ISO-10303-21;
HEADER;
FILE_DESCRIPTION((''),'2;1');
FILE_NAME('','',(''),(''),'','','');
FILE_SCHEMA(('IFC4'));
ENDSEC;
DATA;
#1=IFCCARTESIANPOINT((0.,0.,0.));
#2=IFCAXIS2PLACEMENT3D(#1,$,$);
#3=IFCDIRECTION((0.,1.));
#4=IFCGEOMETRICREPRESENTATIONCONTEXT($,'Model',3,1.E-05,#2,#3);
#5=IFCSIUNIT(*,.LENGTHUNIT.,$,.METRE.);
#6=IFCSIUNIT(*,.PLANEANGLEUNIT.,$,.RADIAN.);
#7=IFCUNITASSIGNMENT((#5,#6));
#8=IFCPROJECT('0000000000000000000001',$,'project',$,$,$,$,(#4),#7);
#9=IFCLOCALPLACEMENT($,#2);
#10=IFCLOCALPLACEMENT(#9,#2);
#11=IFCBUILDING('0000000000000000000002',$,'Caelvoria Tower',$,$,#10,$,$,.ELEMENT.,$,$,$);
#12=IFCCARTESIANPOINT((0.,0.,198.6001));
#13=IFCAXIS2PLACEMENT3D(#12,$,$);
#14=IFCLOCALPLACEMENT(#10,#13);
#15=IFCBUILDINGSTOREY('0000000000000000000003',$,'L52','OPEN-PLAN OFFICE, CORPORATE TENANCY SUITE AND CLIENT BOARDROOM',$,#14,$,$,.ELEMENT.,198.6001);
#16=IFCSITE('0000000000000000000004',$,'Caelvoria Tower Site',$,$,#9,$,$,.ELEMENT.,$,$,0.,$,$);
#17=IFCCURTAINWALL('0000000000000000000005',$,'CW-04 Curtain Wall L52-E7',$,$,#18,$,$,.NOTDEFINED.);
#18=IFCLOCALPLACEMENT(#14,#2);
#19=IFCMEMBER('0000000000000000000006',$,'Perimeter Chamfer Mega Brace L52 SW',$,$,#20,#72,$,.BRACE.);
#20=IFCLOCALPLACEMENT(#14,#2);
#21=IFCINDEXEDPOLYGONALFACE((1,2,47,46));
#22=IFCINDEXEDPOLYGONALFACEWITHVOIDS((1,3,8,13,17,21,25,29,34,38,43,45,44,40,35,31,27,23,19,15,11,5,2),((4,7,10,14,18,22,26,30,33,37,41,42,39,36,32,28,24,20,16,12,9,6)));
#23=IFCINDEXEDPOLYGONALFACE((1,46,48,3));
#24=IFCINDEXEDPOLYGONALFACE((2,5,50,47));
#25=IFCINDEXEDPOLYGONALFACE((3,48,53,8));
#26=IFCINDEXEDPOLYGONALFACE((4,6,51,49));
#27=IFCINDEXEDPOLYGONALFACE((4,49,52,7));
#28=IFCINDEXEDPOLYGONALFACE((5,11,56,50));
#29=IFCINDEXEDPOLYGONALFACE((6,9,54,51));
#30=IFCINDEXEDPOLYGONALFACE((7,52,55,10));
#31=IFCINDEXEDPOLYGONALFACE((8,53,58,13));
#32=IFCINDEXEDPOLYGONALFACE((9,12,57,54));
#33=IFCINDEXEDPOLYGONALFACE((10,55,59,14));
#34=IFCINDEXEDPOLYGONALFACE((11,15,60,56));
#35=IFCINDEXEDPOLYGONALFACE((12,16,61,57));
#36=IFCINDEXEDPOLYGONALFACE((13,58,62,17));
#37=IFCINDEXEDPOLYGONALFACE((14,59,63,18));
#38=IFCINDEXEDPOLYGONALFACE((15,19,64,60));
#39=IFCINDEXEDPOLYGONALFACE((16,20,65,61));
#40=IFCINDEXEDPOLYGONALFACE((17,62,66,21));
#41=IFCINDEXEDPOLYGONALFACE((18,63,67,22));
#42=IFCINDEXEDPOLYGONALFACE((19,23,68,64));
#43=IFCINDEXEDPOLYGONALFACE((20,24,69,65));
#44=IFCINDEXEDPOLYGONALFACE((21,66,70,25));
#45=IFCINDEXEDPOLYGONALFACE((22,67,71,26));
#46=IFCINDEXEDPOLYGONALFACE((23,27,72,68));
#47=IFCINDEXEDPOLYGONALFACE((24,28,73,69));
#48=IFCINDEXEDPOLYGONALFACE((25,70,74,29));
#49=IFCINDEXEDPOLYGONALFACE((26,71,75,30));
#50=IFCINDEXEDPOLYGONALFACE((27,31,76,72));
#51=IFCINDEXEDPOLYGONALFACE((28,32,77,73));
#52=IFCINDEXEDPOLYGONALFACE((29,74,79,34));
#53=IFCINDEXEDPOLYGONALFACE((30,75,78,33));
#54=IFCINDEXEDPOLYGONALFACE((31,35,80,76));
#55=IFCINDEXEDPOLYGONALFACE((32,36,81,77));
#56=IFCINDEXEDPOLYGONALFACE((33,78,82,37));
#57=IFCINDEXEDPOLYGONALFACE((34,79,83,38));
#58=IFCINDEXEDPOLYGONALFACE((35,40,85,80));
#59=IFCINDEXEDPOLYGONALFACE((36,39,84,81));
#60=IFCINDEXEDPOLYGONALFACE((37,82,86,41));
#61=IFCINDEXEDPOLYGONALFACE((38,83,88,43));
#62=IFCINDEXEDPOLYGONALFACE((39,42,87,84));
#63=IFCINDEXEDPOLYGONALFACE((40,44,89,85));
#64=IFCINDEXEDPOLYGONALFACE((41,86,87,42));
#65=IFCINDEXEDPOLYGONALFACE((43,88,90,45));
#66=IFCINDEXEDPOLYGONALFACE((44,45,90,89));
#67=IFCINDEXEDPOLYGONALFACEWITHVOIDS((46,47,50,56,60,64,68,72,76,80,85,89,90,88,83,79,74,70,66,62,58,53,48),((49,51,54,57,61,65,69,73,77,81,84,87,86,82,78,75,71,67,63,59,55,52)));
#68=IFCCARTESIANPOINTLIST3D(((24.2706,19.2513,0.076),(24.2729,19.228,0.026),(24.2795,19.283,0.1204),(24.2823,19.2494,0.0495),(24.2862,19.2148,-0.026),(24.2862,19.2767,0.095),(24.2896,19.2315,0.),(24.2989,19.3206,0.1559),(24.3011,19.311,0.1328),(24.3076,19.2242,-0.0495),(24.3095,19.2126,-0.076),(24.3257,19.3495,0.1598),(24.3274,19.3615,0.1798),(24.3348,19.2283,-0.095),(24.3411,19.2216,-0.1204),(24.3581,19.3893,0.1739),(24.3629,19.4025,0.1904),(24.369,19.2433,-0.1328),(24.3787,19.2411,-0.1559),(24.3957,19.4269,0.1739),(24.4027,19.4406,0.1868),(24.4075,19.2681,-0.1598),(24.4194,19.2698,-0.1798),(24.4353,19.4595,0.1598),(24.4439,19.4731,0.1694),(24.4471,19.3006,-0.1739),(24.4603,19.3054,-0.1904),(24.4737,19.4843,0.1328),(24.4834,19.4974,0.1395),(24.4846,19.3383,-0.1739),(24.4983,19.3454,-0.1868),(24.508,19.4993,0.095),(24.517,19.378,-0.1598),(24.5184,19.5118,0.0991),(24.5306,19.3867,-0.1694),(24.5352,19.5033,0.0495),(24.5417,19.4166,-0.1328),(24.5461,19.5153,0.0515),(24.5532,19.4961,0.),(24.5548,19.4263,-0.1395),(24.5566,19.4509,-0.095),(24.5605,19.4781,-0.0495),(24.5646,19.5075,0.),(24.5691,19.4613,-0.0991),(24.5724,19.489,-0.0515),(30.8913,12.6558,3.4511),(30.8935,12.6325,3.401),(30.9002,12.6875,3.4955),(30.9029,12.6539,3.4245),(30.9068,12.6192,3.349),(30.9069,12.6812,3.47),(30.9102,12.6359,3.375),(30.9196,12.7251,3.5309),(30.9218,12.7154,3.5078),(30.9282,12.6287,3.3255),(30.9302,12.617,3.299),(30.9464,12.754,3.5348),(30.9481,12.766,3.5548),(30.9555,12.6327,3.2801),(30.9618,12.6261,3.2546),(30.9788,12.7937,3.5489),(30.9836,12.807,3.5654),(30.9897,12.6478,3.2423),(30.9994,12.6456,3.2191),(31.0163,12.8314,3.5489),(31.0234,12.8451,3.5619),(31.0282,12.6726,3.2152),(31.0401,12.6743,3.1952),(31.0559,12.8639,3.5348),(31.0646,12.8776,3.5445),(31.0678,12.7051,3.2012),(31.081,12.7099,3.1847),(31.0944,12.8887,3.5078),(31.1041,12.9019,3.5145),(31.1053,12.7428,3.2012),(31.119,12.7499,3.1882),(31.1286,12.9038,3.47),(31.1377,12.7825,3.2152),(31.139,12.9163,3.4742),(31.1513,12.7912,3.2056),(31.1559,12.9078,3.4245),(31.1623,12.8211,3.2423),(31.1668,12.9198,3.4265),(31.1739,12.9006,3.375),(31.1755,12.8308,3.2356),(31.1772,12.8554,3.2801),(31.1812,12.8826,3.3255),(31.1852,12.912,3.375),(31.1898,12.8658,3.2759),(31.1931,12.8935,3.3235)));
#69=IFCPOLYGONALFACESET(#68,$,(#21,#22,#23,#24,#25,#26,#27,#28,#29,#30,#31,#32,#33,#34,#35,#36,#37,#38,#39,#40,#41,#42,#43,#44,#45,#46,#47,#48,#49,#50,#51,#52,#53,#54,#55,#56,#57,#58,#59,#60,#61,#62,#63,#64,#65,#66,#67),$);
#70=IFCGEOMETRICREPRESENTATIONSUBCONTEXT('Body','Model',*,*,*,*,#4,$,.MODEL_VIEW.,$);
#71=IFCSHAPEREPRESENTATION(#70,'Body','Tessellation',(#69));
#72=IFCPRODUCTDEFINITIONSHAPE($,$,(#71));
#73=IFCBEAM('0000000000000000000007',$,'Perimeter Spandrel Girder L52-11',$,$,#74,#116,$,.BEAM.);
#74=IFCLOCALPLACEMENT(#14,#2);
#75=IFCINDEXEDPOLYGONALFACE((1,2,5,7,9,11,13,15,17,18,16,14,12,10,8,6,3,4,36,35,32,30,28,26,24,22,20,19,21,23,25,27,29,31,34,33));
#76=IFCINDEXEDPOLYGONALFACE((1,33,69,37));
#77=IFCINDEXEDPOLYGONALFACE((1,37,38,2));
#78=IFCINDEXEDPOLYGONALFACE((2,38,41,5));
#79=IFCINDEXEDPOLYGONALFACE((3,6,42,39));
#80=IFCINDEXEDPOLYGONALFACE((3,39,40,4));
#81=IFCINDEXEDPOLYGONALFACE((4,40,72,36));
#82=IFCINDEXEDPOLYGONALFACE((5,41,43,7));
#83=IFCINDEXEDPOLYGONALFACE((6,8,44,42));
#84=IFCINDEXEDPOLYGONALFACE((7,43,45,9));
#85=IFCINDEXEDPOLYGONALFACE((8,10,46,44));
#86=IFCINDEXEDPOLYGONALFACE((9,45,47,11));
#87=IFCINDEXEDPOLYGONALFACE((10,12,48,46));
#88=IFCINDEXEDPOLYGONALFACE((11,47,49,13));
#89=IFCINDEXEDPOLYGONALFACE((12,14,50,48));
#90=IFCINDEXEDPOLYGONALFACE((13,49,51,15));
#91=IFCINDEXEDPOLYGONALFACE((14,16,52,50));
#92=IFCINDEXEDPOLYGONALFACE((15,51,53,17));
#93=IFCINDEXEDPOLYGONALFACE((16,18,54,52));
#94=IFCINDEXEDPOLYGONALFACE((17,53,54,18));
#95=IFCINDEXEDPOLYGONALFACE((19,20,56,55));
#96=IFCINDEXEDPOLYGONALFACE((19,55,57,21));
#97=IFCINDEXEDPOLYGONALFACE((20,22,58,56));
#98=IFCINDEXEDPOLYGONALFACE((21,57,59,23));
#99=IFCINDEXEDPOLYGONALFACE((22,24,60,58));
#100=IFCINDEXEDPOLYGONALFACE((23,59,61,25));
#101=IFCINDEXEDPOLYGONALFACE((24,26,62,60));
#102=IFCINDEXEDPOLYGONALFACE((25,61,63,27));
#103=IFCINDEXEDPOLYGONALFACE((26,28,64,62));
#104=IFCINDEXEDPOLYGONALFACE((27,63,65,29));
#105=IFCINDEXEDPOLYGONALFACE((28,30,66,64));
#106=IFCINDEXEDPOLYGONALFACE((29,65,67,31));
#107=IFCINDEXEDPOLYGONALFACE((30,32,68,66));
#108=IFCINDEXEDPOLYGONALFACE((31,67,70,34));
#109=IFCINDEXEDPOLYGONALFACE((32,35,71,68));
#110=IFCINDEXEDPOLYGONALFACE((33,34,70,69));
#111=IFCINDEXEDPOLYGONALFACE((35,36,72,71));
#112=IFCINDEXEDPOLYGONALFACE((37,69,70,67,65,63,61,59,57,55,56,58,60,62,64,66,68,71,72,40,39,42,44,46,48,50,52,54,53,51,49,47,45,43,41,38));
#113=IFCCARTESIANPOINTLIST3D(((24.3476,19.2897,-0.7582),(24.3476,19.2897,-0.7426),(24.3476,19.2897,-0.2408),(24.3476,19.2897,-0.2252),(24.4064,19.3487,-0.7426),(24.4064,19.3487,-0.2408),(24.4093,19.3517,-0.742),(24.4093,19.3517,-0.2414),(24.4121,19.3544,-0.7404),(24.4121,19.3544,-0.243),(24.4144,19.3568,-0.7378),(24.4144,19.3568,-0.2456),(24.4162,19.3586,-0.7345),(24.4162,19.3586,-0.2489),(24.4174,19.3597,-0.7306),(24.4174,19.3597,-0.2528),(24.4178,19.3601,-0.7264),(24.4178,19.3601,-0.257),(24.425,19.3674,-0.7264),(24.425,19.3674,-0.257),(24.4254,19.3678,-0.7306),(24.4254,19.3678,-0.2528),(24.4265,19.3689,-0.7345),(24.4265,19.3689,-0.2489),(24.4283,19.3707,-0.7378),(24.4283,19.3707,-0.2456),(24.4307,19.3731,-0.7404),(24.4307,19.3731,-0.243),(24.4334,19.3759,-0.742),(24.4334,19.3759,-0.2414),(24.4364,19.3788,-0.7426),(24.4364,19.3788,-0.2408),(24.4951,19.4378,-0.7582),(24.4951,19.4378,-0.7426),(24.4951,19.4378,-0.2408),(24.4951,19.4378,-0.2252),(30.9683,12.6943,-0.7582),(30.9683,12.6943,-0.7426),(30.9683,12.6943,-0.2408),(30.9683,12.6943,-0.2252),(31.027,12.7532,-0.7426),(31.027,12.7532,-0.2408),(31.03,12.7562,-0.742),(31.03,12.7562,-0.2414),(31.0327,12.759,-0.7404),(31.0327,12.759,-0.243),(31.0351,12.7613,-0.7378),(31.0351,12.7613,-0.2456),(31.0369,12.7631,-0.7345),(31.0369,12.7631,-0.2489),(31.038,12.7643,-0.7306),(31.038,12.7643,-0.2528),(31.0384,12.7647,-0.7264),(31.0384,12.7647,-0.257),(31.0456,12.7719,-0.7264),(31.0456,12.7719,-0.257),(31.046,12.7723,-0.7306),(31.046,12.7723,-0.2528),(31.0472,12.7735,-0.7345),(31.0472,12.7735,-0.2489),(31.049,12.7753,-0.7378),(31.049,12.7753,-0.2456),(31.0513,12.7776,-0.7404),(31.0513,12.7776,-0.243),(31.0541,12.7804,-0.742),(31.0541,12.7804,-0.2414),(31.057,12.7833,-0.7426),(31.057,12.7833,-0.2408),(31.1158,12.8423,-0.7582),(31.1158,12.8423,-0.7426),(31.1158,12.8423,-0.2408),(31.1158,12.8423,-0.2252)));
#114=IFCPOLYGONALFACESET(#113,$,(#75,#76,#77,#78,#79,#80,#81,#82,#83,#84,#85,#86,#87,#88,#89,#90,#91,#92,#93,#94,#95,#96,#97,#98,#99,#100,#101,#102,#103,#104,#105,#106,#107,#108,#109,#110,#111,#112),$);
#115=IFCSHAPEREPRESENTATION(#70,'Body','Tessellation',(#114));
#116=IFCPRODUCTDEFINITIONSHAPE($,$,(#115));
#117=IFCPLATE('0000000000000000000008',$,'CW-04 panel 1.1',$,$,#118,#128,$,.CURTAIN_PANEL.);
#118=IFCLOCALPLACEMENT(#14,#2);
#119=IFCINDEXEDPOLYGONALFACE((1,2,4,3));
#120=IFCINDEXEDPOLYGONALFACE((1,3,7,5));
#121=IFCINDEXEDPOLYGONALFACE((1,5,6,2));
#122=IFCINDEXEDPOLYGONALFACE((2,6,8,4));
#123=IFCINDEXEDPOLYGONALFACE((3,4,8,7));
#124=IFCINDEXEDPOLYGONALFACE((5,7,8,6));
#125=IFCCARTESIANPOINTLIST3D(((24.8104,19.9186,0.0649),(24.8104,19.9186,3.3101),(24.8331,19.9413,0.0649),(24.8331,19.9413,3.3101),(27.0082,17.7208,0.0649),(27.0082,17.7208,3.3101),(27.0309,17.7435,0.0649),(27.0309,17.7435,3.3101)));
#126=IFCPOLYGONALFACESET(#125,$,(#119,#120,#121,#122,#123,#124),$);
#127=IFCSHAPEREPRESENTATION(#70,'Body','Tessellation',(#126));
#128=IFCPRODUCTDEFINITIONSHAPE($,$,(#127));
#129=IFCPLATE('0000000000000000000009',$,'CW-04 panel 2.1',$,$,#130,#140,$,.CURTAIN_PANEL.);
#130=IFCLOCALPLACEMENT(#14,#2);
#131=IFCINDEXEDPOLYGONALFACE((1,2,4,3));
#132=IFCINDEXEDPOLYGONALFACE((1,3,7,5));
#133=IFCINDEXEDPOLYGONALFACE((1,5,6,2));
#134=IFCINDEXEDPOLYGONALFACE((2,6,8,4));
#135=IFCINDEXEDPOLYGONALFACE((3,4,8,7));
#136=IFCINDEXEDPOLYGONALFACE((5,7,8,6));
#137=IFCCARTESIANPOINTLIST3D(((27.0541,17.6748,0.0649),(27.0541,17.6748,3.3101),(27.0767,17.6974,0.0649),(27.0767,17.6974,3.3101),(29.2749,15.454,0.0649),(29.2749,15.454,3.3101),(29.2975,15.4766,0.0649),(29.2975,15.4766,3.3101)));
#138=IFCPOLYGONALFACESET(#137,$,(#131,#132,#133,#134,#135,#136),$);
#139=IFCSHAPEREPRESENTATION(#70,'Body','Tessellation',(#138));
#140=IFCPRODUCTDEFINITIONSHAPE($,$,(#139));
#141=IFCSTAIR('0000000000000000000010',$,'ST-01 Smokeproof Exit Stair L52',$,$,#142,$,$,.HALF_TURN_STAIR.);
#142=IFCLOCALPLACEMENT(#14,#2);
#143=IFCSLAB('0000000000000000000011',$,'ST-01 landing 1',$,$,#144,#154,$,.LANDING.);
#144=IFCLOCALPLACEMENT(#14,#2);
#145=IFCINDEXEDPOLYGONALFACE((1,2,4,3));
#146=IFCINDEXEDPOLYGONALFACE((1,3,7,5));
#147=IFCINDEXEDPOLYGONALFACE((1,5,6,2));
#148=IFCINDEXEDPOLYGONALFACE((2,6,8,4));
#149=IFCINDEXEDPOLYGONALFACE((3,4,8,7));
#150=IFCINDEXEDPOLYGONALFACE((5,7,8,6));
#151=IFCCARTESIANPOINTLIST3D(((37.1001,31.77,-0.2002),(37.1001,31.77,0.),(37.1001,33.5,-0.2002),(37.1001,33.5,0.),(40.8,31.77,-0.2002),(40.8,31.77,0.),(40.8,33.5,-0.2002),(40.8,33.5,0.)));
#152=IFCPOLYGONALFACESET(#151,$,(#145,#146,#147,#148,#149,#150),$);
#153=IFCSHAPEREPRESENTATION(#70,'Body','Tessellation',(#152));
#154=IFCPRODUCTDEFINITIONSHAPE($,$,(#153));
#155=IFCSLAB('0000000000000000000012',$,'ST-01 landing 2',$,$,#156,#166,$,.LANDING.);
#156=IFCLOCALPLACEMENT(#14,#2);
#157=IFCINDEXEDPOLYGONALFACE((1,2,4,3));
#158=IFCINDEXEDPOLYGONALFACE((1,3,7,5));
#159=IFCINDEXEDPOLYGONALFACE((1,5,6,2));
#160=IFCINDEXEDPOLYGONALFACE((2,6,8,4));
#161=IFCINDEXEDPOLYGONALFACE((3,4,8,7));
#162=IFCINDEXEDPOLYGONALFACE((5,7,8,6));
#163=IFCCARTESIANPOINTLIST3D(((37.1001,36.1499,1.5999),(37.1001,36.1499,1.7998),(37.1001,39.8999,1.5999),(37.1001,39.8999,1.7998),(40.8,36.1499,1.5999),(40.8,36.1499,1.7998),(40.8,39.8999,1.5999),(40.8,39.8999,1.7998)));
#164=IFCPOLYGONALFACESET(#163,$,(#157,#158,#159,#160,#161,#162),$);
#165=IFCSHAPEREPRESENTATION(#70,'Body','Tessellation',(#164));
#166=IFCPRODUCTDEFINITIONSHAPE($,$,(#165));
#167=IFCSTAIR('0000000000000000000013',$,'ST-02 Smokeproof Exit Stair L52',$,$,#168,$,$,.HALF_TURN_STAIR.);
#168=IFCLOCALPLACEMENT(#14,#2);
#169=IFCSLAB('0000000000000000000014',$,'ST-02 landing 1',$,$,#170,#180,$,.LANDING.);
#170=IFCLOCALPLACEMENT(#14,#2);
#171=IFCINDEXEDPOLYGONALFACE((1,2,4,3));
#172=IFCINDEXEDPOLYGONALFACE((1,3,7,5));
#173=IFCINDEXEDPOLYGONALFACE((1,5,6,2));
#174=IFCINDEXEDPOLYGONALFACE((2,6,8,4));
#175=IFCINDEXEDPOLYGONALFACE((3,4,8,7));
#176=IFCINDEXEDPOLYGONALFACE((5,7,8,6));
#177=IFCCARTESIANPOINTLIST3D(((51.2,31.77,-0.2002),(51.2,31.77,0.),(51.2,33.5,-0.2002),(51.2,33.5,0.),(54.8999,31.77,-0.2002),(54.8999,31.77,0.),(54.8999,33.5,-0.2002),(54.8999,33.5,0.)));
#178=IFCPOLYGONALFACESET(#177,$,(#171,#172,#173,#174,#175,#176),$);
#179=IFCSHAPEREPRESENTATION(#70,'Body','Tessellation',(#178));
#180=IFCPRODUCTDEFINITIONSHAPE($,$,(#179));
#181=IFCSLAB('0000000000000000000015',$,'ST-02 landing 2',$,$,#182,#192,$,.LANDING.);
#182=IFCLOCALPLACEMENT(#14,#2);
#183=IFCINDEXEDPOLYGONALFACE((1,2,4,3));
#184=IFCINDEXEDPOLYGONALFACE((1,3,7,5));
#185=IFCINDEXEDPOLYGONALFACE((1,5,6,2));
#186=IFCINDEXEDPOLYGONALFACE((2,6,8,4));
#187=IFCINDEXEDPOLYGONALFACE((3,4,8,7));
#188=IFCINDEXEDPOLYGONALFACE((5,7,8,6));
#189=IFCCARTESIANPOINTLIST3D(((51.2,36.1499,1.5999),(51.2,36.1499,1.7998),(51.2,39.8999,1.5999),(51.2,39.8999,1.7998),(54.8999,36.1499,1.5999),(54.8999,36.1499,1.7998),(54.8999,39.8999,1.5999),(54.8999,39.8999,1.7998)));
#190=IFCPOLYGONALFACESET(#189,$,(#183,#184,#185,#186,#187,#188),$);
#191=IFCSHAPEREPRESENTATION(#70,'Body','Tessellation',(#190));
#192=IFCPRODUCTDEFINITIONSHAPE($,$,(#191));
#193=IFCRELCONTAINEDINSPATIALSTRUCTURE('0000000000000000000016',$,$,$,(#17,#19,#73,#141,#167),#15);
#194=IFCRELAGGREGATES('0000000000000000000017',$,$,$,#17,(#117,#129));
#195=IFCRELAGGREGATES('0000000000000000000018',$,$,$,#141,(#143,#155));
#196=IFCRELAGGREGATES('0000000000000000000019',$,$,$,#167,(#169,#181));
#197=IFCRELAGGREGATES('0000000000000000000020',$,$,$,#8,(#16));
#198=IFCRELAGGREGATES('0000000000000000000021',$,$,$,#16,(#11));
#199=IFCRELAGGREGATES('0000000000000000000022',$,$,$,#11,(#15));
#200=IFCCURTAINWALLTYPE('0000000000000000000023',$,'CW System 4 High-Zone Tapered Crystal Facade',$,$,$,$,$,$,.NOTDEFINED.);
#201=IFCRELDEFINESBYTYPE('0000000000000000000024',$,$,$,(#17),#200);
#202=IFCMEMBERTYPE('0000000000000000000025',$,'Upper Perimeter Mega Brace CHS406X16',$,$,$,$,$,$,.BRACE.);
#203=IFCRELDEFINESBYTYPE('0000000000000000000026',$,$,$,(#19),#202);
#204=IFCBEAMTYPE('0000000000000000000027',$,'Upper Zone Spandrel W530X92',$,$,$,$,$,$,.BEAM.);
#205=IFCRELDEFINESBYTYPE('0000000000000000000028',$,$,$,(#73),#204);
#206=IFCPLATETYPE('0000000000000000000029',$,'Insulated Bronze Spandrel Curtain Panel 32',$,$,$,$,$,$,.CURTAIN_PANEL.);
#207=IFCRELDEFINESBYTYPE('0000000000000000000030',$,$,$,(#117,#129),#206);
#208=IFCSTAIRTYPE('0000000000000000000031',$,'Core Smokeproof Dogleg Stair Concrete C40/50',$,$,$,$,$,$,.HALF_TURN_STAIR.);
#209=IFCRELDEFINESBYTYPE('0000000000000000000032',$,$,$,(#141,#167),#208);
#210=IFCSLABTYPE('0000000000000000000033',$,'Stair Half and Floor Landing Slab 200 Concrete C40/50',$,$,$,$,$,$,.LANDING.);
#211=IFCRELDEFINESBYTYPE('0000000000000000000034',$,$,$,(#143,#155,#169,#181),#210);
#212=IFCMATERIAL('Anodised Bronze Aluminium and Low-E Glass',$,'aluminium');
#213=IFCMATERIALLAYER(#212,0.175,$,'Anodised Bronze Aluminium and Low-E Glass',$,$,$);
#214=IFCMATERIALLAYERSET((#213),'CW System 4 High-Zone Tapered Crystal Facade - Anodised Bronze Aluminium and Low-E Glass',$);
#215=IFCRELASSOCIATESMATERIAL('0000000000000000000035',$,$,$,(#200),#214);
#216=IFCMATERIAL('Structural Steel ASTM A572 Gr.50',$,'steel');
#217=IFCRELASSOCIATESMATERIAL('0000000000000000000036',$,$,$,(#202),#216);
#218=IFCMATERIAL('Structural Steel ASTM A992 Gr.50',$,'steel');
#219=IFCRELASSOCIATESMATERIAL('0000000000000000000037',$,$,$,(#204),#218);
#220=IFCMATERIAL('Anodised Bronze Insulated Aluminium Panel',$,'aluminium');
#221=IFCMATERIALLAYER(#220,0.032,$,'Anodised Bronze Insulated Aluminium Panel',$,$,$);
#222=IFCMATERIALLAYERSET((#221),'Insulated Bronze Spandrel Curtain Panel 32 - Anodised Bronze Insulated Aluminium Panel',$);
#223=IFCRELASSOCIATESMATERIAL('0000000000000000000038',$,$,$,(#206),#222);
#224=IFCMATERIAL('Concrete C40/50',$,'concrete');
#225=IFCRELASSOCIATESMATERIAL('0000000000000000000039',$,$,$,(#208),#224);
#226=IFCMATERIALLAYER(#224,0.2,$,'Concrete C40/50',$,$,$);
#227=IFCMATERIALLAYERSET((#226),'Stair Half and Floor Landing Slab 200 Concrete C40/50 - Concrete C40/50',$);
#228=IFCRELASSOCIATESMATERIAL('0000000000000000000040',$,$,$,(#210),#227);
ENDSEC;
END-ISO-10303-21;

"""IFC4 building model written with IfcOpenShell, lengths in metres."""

from ifc_helpers import new_model, si_unit, direction, frame, origin, origin_2d, place, context, subcontext, project, spatial, polyline, rectangle, hollow_circle, i_section, outline, extrude, material, layer, layer_set, material_profile, profile_set, type_object, element, aggregate, save


model = new_model("IFC4")

# Units and contexts
model_context = context("Model", 3, precision=1e-05, world=origin(), true_north=direction((0.0, 1.0)))
body_context = subcontext(model_context, "Body", "Model", "MODEL_VIEW")
ifc_project = project(units=[si_unit("LENGTHUNIT", "METRE"), si_unit("PLANEANGLEUNIT", "RADIAN")], contexts=[model_context])

# Site, building, storey
site_placement = place(None, origin())
site = spatial("IfcSite", under=ifc_project, at=site_placement, Name="Caelvoria Tower Site", CompositionType="ELEMENT", RefElevation=0.0)
building_placement = place(site_placement, origin())
building = spatial("IfcBuilding", under=site, at=building_placement, Name="Caelvoria Tower", CompositionType="ELEMENT")
storey_placement = place(building_placement, frame((0.0, 0.0, 198.6001)))
storey = spatial("IfcBuildingStorey", under=building, at=storey_placement, Name="L52", Description="OPEN-PLAN OFFICE, CORPORATE TENANCY SUITE AND CLIENT BOARDROOM", CompositionType="ELEMENT", Elevation=198.6001)

# Shared definitions
ifc_material_1 = material(Name="Structural Steel ASTM A572 Gr.50", Category="steel")

# Shared definitions
ifc_material_2 = material(Name="Anodised Bronze Aluminium and Low-E Glass", Category="aluminium")
ifc_layer_1 = layer(ifc_material_2, 0.175, Name="Anodised Bronze Aluminium and Low-E Glass")
ifc_layer_set_1 = layer_set([ifc_layer_1], Name="CW System 4 High-Zone Tapered Crystal Facade - Anodised Bronze Aluminium and Low-E Glass")
curtain_wall_type = type_object("IfcCurtainWallType", Name="CW System 4 High-Zone Tapered Crystal Facade", PredefinedType="NOTDEFINED", material=ifc_layer_set_1)

# Curtain wall
curtain_wall_1_placement = place(storey_placement, origin())
curtain_wall_1 = element("IfcCurtainWall", 1, at=curtain_wall_1_placement, inside=storey, type_object=curtain_wall_type, Name="CW-04 Curtain Wall L52-E7", PredefinedType="NOTDEFINED")

# Member
ifc_material_profile_1 = material_profile(ifc_material_1, hollow_circle(Radius=0.2029, WallThickness=0.0161, at=origin_2d()), Name="Structural Steel ASTM A572 Gr.50")
ifc_profile_set_1 = profile_set([ifc_material_profile_1], Name="CHS406X16 - Structural Steel ASTM A572 Gr.50")
member_type_1 = type_object("IfcMemberType", Name="Upper Perimeter Mega Brace CHS406X16", PredefinedType="BRACE", material=ifc_profile_set_1)
member_1_placement = place(storey_placement, frame((24.4214, 19.3638, 0.0), z_axis=(0.666328, -0.663797, 0.339676), x_axis=(0.70576, 0.708451, 0.0)))
element("IfcMember", 2, at=member_1_placement, inside=storey, type_object=member_type_1, Name="Perimeter Chamfer Mega Brace L52 SW", PredefinedType="BRACE", context=body_context, shape_type="SweptSolid", body=[
    extrude(hollow_circle(Radius=0.2029, WallThickness=0.0161, at=origin_2d()), origin(), (0.0, 0.0, 1.0), 9.936),
])

# Beam
ifc_material_3 = material(Name="Structural Steel ASTM A992 Gr.50", Category="steel")
ifc_material_profile_2 = material_profile(ifc_material_3, i_section(OverallWidth=0.209, OverallDepth=0.533, WebThickness=0.0103, FlangeThickness=0.0156, FilletRadius=0.0161, at=origin_2d()), Name="Structural Steel ASTM A992 Gr.50")
ifc_profile_set_2 = profile_set([ifc_material_profile_2], Name="W530X92 - Structural Steel ASTM A992 Gr.50")
beam_type = type_object("IfcBeamType", Name="Upper Zone Spandrel W530X92", PredefinedType="BEAM", material=ifc_profile_set_2)
beam_placement = place(storey_placement, frame((24.4214, 19.3638, -0.4917), z_axis=(0.708451, -0.70576, 0.0), x_axis=(0.70576, 0.708451, 0.0)))
element("IfcBeam", 3, at=beam_placement, inside=storey, type_object=beam_type, Name="Perimeter Spandrel Girder L52-11", PredefinedType="BEAM", context=body_context, shape_type="SweptSolid", body=[
    extrude(i_section(OverallWidth=0.209, OverallDepth=0.533, WebThickness=0.0103, FlangeThickness=0.0156, FilletRadius=0.0161, at=origin_2d()), origin(), (0.0, 0.0, 1.0), 9.3452),
])

# Plates
ifc_material_4 = material(Name="Anodised Bronze Insulated Aluminium Panel", Category="aluminium")
ifc_layer_2 = layer(ifc_material_4, 0.032, Name="Anodised Bronze Insulated Aluminium Panel")
ifc_layer_set_2 = layer_set([ifc_layer_2], Name="Insulated Bronze Spandrel Curtain Panel 32 - Anodised Bronze Insulated Aluminium Panel")
plate_type = type_object("IfcPlateType", Name="Insulated Bronze Spandrel Curtain Panel 32", PredefinedType="CURTAIN_PANEL", material=ifc_layer_set_2)
plate_1_placement = place(storey_placement, frame((25.9207, 18.8311, 0.0649), z_axis=(0.0, 0.0, 1.0), x_axis=(0.707107, -0.707107, 0.0)))
plate_1 = element("IfcPlate", 4, at=plate_1_placement, type_object=plate_type, Name="CW-04 panel 1.1", PredefinedType="CURTAIN_PANEL", context=body_context, shape_type="SweptSolid", body=[
    extrude(rectangle(XDim=3.1082, YDim=0.032, at=origin_2d()), origin(), (0.0, 0.0, 1.0), 3.2451),
])
plate_2_placement = place(storey_placement, frame((28.1758, 16.5757, 0.0649), z_axis=(0.0, 0.0, 1.0), x_axis=(0.707107, -0.707107, 0.0)))
plate_2 = element("IfcPlate", 5, at=plate_2_placement, type_object=plate_type, Name="CW-04 panel 2.1", PredefinedType="CURTAIN_PANEL", context=body_context, shape_type="SweptSolid", body=[
    extrude(rectangle(XDim=3.1406, YDim=0.032, at=origin_2d()), origin(), (0.0, 0.0, 1.0), 3.2451),
])
aggregate(curtain_wall_1, [plate_1, plate_2])

# Stairs, slabs
ifc_material_5 = material(Name="Concrete C40/50", Category="concrete")
stair_type = type_object("IfcStairType", Name="Core Smokeproof Dogleg Stair Concrete C40/50", PredefinedType="HALF_TURN_STAIR", material=ifc_material_5)
stair_1_placement = place(storey_placement, origin())
stair_1 = element("IfcStair", 6, at=stair_1_placement, inside=storey, type_object=stair_type, Name="ST-01 Smokeproof Exit Stair L52", PredefinedType="HALF_TURN_STAIR")
ifc_layer_3 = layer(ifc_material_5, 0.2, Name="Concrete C40/50")
ifc_layer_set_3 = layer_set([ifc_layer_3], Name="Stair Half and Floor Landing Slab 200 Concrete C40/50 - Concrete C40/50")
slab_type_1 = type_object("IfcSlabType", Name="Stair Half and Floor Landing Slab 200 Concrete C40/50", PredefinedType="LANDING", material=ifc_layer_set_3)
slab_1_placement = place(storey_placement, frame((0.0, 0.0, -0.2002)))
slab_1 = element("IfcSlab", 7, at=slab_1_placement, type_object=slab_type_1, Name="ST-01 landing 1", PredefinedType="LANDING", context=body_context, shape_type="SweptSolid", body=[
    extrude(outline(polyline([(37.1001, 31.77), (40.8, 31.77), (40.8, 33.5), (37.1001, 33.5), (37.1001, 31.77)])), origin(), (0.0, 0.0, 1.0), 0.2002),
])
slab_2_placement = place(storey_placement, frame((0.0, 0.0, 1.5999)))
slab_2 = element("IfcSlab", 8, at=slab_2_placement, type_object=slab_type_1, Name="ST-01 landing 2", PredefinedType="LANDING", context=body_context, shape_type="SweptSolid", body=[
    extrude(outline(polyline([(37.1001, 36.1499), (40.8, 36.1499), (40.8, 39.8999), (37.1001, 39.8999), (37.1001, 36.1499)])), origin(), (0.0, 0.0, 1.0), 0.2),
])
aggregate(stair_1, [slab_1, slab_2])
stair_2_placement = place(storey_placement, origin())
stair_2 = element("IfcStair", 9, at=stair_2_placement, inside=storey, type_object=stair_type, Name="ST-02 Smokeproof Exit Stair L52", PredefinedType="HALF_TURN_STAIR")
slab_3_placement = place(storey_placement, frame((0.0, 0.0, -0.2002)))
slab_3 = element("IfcSlab", 10, at=slab_3_placement, type_object=slab_type_1, Name="ST-02 landing 1", PredefinedType="LANDING", context=body_context, shape_type="SweptSolid", body=[
    extrude(outline(polyline([(51.2, 31.77), (54.8999, 31.77), (54.8999, 33.5), (51.2, 33.5), (51.2, 31.77)])), origin(), (0.0, 0.0, 1.0), 0.2002),
])
slab_4_placement = place(storey_placement, frame((0.0, 0.0, 1.5999)))
slab_4 = element("IfcSlab", 11, at=slab_4_placement, type_object=slab_type_1, Name="ST-02 landing 2", PredefinedType="LANDING", context=body_context, shape_type="SweptSolid", body=[
    extrude(outline(polyline([(51.2, 36.1499), (54.8999, 36.1499), (54.8999, 39.8999), (51.2, 39.8999), (51.2, 36.1499)])), origin(), (0.0, 0.0, 1.0), 0.2),
])
aggregate(stair_2, [slab_3, slab_4])

save(model, "model.ifc")
